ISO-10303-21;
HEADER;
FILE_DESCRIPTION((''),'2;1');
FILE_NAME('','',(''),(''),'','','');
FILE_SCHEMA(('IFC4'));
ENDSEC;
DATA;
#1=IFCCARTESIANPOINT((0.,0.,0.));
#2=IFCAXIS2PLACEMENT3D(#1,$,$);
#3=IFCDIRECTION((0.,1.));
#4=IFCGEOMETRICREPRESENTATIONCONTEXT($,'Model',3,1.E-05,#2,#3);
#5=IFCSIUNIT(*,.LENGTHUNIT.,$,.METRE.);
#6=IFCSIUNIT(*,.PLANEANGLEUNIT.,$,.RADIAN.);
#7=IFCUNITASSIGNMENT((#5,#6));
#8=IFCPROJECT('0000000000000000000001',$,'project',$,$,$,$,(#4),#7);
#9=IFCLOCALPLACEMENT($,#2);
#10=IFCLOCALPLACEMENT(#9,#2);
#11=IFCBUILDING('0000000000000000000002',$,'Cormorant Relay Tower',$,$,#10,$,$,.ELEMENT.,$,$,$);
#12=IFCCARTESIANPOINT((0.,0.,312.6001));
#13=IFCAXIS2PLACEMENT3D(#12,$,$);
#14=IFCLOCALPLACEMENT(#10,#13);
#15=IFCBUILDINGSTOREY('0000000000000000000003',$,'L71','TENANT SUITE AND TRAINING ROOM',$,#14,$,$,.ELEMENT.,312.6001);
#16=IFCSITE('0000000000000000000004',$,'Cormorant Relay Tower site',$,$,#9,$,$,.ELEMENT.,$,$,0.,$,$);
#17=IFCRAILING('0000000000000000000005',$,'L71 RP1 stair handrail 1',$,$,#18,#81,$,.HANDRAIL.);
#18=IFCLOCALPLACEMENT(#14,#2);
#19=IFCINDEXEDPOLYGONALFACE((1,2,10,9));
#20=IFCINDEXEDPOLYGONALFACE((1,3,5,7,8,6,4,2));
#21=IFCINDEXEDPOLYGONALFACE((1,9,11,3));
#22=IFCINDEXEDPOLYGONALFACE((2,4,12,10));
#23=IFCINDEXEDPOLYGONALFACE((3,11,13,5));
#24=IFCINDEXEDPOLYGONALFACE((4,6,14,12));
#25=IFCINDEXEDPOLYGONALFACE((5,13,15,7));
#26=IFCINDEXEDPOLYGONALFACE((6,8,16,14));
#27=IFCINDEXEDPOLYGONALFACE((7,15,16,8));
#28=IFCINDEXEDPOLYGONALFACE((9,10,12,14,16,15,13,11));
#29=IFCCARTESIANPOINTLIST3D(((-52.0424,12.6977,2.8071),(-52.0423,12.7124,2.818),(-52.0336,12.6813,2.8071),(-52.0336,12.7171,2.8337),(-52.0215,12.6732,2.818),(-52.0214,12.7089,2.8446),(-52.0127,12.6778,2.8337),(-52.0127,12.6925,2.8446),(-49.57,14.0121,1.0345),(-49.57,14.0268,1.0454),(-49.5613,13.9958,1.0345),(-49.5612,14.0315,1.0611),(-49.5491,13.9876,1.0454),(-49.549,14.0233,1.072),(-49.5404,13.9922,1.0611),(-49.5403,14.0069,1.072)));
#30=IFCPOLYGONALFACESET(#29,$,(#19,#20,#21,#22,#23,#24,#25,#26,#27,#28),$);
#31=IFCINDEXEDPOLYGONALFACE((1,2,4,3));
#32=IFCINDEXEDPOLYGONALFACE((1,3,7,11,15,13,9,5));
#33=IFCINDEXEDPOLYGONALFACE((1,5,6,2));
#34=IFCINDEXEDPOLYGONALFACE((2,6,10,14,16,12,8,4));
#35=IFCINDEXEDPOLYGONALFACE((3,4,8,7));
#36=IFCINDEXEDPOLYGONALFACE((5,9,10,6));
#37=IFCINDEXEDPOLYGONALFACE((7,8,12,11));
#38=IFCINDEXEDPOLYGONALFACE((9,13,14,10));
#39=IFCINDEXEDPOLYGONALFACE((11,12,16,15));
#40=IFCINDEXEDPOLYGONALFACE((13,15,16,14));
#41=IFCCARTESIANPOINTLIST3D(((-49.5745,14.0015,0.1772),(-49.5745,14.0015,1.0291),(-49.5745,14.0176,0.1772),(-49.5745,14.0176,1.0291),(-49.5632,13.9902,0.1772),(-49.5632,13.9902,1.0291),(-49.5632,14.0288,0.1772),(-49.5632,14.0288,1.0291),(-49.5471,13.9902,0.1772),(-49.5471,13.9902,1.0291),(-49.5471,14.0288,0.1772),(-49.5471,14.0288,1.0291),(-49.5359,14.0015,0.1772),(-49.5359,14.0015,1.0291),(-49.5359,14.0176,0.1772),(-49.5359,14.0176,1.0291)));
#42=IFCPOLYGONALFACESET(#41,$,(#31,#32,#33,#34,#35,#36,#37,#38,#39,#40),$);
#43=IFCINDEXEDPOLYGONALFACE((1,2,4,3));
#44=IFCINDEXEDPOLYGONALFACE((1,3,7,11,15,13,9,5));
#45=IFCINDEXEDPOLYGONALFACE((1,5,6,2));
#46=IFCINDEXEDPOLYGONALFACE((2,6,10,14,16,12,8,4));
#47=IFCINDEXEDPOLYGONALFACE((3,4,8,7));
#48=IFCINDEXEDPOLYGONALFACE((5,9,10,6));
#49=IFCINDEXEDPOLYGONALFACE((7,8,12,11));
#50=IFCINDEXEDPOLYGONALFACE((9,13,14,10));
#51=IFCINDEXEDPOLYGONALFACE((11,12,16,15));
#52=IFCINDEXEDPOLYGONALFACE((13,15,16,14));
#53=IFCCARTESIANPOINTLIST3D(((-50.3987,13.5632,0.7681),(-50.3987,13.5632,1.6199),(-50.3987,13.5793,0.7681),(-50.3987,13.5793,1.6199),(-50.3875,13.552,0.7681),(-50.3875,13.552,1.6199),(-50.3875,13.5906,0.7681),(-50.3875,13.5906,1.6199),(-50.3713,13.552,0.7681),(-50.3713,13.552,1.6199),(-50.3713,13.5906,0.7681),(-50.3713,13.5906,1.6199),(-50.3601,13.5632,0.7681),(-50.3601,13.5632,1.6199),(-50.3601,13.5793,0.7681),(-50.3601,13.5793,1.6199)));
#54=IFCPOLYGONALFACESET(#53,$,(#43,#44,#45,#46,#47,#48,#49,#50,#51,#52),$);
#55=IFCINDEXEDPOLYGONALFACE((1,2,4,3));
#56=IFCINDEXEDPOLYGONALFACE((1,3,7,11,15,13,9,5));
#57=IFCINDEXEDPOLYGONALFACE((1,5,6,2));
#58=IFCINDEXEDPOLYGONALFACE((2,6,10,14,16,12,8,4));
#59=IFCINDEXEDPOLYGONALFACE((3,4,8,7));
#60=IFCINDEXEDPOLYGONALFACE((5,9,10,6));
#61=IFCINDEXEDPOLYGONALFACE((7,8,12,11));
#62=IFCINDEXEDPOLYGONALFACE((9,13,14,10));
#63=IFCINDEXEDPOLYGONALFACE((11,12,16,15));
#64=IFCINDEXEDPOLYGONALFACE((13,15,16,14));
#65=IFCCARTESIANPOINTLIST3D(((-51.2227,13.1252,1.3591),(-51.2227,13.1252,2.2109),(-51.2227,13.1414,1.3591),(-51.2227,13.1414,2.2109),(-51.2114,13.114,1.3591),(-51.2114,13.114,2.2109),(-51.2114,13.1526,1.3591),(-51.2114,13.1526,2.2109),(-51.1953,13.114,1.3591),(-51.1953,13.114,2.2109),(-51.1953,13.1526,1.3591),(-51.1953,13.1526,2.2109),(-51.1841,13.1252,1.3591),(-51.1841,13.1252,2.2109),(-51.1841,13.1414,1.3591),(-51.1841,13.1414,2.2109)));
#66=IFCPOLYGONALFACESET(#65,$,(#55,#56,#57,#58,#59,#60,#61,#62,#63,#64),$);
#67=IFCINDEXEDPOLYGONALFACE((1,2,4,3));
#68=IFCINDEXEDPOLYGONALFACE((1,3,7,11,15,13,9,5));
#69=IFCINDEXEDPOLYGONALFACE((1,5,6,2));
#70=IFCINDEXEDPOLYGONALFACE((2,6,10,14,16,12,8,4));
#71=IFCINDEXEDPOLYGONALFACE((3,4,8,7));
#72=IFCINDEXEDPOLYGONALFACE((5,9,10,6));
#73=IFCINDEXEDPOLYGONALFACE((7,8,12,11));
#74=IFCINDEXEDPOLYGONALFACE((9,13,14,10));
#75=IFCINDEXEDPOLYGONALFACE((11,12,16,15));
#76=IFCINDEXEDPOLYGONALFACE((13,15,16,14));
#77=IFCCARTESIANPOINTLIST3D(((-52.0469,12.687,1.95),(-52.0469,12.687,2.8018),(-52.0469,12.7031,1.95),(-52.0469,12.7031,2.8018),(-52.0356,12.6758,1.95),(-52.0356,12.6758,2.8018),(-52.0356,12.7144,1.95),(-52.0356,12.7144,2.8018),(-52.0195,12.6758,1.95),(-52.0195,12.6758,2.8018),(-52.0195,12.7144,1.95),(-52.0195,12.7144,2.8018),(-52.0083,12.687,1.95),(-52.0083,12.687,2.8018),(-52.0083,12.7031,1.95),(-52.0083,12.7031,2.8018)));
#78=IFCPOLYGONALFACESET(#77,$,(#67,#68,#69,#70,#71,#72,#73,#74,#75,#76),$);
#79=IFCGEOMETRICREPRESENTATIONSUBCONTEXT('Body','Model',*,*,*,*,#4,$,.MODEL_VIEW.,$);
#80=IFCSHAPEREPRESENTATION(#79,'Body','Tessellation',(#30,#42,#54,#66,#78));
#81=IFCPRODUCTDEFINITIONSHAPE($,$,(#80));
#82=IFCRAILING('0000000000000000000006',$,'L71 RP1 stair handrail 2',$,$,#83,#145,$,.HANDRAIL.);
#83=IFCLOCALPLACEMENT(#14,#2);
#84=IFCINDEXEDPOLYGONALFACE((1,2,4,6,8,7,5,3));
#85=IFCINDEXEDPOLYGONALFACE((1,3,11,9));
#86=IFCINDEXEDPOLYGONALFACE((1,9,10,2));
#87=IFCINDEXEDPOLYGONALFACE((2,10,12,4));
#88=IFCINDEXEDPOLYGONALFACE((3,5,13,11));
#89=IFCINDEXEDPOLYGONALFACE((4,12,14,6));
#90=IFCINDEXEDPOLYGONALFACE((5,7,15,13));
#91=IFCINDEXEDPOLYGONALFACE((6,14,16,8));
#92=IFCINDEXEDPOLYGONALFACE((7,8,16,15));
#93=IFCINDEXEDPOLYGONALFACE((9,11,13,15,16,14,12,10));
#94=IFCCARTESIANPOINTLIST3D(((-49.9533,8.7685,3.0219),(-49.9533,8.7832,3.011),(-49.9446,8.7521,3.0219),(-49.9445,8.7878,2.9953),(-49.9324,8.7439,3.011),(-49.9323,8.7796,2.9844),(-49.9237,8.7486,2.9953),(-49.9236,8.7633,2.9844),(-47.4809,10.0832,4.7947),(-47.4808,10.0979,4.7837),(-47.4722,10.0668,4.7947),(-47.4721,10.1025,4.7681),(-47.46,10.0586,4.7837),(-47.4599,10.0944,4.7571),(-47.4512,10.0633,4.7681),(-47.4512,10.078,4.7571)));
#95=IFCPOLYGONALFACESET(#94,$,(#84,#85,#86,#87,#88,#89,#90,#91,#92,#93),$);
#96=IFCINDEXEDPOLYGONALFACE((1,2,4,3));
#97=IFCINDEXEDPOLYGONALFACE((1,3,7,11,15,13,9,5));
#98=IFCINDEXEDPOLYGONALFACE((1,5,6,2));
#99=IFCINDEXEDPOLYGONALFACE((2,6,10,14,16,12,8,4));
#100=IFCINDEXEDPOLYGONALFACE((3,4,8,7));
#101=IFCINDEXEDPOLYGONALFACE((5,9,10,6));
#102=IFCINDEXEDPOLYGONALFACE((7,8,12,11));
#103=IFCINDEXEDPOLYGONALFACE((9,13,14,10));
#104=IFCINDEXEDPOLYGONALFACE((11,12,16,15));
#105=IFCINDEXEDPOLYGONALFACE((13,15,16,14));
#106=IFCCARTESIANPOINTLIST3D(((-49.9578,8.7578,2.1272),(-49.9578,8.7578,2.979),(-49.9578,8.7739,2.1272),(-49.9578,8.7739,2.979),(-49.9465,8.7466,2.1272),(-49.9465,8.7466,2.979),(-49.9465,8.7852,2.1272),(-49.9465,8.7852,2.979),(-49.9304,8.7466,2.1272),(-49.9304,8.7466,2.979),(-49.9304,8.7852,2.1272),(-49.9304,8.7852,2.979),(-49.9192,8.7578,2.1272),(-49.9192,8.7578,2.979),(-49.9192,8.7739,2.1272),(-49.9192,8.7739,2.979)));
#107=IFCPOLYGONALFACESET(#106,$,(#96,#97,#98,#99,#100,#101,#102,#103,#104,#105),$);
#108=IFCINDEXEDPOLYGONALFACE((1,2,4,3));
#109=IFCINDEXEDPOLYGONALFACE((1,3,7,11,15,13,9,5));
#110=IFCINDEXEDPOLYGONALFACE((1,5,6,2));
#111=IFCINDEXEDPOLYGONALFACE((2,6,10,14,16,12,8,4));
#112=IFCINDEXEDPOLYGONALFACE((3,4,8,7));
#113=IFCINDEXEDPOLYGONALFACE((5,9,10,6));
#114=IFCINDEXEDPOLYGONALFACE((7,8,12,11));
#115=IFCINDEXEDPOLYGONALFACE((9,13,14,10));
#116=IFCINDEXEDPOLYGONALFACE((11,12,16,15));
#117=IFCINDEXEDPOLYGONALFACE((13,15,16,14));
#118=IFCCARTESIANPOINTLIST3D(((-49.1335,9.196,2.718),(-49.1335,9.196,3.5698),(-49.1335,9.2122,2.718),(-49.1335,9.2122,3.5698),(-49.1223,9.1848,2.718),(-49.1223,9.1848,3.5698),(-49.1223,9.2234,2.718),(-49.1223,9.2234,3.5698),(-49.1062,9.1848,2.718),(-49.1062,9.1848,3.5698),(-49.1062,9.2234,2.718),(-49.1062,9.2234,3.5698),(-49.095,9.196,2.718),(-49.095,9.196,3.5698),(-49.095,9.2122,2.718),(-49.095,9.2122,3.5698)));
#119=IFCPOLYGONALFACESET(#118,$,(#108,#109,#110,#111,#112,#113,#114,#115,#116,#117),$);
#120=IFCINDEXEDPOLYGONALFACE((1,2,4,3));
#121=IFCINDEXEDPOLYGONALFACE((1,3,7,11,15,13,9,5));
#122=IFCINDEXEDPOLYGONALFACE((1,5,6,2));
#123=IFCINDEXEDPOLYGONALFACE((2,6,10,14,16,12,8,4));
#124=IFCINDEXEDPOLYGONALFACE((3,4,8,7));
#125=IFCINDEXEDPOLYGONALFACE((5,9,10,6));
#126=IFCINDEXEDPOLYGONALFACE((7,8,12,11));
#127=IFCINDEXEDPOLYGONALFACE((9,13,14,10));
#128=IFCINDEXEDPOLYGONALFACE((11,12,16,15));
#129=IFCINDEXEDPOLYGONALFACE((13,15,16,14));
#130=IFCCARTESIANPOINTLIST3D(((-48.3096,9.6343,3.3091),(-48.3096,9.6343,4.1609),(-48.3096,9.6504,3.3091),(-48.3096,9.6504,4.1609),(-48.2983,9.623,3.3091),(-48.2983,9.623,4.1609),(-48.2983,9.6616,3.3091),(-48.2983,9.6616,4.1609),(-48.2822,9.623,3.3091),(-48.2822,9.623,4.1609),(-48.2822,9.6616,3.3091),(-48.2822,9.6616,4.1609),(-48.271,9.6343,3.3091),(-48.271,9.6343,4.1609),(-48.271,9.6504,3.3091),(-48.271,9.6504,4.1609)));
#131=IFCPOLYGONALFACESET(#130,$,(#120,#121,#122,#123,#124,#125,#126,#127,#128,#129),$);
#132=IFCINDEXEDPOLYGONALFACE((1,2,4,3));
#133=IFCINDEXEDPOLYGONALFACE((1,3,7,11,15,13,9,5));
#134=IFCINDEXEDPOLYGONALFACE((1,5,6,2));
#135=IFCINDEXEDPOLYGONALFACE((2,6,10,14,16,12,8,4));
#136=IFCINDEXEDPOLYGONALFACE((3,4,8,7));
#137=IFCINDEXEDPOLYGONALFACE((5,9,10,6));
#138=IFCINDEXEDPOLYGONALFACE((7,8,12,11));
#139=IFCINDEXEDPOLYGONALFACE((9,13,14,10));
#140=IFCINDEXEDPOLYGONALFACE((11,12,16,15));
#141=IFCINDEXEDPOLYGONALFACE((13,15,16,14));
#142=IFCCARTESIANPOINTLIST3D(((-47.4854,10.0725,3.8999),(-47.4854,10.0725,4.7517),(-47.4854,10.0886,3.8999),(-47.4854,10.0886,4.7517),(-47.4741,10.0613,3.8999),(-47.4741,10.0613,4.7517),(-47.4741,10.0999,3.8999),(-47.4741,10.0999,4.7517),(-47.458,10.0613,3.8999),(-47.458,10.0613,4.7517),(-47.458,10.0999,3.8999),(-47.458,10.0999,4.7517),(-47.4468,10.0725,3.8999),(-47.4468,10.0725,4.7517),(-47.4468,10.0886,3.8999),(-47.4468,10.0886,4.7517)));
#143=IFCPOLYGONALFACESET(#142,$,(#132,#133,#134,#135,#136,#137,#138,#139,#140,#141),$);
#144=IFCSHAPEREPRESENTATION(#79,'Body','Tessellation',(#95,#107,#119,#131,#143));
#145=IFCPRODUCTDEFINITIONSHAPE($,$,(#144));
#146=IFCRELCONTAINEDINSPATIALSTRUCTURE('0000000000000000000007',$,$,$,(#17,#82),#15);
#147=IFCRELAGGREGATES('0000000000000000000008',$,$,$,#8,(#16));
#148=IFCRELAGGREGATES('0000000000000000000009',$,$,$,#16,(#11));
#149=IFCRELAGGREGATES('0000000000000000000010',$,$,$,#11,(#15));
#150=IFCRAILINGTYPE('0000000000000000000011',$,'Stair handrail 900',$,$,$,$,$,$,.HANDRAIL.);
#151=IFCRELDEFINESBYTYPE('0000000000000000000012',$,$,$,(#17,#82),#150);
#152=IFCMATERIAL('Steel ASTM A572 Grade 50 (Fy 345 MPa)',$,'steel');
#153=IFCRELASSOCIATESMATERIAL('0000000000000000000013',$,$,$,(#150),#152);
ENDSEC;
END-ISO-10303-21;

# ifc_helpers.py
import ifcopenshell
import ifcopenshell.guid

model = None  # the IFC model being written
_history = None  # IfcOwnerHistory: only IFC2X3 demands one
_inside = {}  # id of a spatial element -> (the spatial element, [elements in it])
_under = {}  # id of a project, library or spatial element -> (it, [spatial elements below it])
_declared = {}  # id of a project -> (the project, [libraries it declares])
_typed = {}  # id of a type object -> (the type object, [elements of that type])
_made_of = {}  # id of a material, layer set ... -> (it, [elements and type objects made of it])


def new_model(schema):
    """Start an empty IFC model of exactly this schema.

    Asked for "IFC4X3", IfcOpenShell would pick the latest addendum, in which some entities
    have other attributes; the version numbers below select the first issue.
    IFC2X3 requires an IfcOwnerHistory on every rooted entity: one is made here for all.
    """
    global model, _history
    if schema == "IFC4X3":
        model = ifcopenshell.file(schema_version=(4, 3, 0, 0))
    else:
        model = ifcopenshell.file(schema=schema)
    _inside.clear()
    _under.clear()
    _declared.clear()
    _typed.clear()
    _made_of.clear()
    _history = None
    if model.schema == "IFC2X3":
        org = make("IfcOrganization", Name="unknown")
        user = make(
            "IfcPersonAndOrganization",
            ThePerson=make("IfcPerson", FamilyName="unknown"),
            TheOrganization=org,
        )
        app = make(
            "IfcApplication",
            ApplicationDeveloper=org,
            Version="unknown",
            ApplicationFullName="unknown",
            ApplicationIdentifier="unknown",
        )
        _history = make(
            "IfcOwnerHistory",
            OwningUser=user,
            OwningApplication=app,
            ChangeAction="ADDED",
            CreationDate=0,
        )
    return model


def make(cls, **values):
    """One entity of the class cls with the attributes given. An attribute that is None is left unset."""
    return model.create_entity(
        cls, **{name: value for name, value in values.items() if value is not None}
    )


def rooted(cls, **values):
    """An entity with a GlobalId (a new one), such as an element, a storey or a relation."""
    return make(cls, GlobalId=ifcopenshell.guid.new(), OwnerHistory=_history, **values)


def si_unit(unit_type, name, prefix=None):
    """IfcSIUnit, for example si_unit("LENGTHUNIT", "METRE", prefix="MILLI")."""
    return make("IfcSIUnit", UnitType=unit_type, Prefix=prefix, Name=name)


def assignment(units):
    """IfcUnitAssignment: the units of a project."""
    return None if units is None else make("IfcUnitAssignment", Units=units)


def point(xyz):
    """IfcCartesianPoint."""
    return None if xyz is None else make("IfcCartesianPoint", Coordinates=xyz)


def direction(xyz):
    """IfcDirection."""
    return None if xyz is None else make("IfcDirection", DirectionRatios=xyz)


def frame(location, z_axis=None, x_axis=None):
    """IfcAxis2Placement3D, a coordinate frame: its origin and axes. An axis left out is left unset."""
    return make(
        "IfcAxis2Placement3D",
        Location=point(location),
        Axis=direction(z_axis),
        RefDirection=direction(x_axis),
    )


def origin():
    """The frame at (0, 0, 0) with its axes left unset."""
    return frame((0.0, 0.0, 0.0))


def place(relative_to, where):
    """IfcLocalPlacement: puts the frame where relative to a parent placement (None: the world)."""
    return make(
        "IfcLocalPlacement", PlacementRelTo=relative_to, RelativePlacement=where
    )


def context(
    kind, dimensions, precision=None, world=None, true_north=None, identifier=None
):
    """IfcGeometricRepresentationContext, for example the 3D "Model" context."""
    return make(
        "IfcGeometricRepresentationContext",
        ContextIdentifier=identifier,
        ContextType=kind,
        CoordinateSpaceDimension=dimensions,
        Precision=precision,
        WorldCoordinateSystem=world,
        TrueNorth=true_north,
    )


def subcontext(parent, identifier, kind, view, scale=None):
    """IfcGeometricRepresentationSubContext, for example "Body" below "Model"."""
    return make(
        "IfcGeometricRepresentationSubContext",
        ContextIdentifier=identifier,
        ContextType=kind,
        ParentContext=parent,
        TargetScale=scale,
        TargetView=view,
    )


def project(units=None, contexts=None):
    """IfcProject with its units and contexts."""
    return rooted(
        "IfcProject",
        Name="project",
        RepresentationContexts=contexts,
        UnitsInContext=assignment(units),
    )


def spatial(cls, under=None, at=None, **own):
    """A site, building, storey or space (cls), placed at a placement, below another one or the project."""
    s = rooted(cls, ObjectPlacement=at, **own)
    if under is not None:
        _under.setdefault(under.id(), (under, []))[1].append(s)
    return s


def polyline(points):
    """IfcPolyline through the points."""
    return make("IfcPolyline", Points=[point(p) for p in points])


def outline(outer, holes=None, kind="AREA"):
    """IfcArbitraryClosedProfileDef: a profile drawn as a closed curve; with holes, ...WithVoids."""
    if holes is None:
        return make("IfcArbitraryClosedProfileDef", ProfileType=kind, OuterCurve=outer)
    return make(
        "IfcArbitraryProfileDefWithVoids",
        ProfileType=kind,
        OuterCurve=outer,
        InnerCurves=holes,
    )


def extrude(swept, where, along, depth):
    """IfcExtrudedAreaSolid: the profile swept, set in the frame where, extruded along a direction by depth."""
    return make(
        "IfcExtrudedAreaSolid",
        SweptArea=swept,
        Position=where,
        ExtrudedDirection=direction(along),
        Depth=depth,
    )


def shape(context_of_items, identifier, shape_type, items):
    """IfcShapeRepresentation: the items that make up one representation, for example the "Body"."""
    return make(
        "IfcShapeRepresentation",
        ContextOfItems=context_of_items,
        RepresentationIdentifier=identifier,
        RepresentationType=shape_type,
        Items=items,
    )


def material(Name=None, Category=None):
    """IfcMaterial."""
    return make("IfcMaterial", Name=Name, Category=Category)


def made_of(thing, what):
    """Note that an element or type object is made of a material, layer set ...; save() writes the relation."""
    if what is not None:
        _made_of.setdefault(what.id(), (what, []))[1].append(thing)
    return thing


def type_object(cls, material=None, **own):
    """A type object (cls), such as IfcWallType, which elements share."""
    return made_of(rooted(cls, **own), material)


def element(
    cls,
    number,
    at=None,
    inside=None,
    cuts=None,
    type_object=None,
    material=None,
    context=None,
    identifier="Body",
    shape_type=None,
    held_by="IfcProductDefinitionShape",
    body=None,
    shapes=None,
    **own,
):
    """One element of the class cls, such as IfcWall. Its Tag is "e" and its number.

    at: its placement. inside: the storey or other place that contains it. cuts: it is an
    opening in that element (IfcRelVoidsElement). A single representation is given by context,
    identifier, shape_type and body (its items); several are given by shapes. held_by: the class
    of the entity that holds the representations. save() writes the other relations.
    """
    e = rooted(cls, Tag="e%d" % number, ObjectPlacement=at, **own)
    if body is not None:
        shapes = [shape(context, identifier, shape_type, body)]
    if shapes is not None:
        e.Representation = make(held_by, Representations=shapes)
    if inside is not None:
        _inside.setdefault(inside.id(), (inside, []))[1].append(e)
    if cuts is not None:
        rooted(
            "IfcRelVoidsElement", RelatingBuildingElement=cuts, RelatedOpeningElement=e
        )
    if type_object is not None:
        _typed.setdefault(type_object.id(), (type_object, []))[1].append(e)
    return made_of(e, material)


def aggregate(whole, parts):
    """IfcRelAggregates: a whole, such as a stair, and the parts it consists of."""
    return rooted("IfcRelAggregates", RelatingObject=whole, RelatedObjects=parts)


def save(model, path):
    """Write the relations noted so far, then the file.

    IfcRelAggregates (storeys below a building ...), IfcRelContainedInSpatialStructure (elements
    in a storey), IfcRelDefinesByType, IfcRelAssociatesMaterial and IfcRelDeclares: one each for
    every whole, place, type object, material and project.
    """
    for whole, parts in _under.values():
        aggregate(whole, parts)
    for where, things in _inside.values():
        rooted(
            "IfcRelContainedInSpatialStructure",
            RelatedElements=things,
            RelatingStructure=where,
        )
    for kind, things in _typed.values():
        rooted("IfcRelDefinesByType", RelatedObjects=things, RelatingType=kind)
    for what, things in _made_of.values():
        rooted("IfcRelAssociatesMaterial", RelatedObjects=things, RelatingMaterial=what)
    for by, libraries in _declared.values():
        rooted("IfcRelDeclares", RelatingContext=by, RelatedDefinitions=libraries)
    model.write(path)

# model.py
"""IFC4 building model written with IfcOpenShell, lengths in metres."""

from ifc_helpers import new_model, si_unit, direction, frame, origin, place, context, subcontext, project, spatial, polyline, outline, extrude, material, type_object, element, save


model = new_model("IFC4")

# Units and contexts
model_context = context("Model", 3, precision=1e-05, world=origin(), true_north=direction((0.0, 1.0)))
body_context = subcontext(model_context, "Body", "Model", "MODEL_VIEW")
ifc_project = project(units=[si_unit("LENGTHUNIT", "METRE"), si_unit("PLANEANGLEUNIT", "RADIAN")], contexts=[model_context])

# Site, building, storey
site_placement = place(None, origin())
site = spatial("IfcSite", under=ifc_project, at=site_placement, Name="Cormorant Relay Tower site", CompositionType="ELEMENT", RefElevation=0.0)
building_placement = place(site_placement, origin())
building = spatial("IfcBuilding", under=site, at=building_placement, Name="Cormorant Relay Tower", CompositionType="ELEMENT")
storey_placement = place(building_placement, frame((0.0, 0.0, 312.6001)))
storey = spatial("IfcBuildingStorey", under=building, at=storey_placement, Name="L71", Description="TENANT SUITE AND TRAINING ROOM", CompositionType="ELEMENT", Elevation=312.6001)

# Railings
ifc_material_1 = material(Name="Steel ASTM A572 Grade 50 (Fy 345 MPa)", Category="steel")
railing_type_1 = type_object("IfcRailingType", Name="Stair handrail 900", PredefinedType="HANDRAIL", material=ifc_material_1)
railing_1_placement = place(storey_placement, frame((-49.5552, 14.0095, 0.1772)))
element("IfcRailing", 1, at=railing_1_placement, inside=storey, type_object=railing_type_1, Name="L71 RP1 stair handrail 1", PredefinedType="HANDRAIL", context=body_context, shape_type="SweptSolid", body=[
    extrude(outline(polyline([(0.0222, 0.0093), (0.0093, 0.0222), (-0.0093, 0.0222), (-0.0222, 0.0093), (-0.0222, -0.0093), (-0.0093, -0.0222), (0.0093, -0.0222), (0.0222, -0.0093), (0.0222, 0.0093)])), frame((0.0, 0.0, 0.876), z_axis=(-0.746034, -0.396627, 0.534902), x_axis=(0.469429, -0.88297, 0.0)), (0.0, 0.0, 1.0), 3.314),
    extrude(outline(polyline([(0.0193, 0.0081), (0.0081, 0.0193), (-0.0081, 0.0193), (-0.0193, 0.0081), (-0.0193, -0.0081), (-0.0081, -0.0193), (0.0081, -0.0193), (0.0193, -0.0081), (0.0193, 0.0081)])), origin(), (0.0, 0.0, 1.0), 0.8518),
    extrude(outline(polyline([(0.0193, 0.0081), (0.0081, 0.0193), (-0.0081, 0.0193), (-0.0193, 0.0081), (-0.0193, -0.0081), (-0.0081, -0.0193), (0.0081, -0.0193), (0.0193, -0.0081), (0.0193, 0.0081)])), frame((-0.8242, -0.4382, 0.5908)), (0.0, 0.0, 1.0), 0.8518),
    extrude(outline(polyline([(0.0193, 0.0081), (0.0081, 0.0193), (-0.0081, 0.0193), (-0.0193, 0.0081), (-0.0193, -0.0081), (-0.0081, -0.0193), (0.0081, -0.0193), (0.0193, -0.0081), (0.0193, 0.0081)])), frame((-1.6482, -0.8762, 1.1819)), (0.0, 0.0, 1.0), 0.8518),
    extrude(outline(polyline([(0.0193, 0.0081), (0.0081, 0.0193), (-0.0081, 0.0193), (-0.0193, 0.0081), (-0.0193, -0.0081), (-0.0081, -0.0193), (0.0081, -0.0193), (0.0193, -0.0081), (0.0193, 0.0081)])), frame((-2.4724, -1.3145, 1.7727)), (0.0, 0.0, 1.0), 0.8518),
])
railing_2_placement = place(storey_placement, frame((-49.9385, 8.7659, 2.1272)))
element("IfcRailing", 2, at=railing_2_placement, inside=storey, type_object=railing_type_1, Name="L71 RP1 stair handrail 2", PredefinedType="HANDRAIL", context=body_context, shape_type="SweptSolid", body=[
    extrude(outline(polyline([(0.0222, 0.0093), (0.0093, 0.0222), (-0.0093, 0.0222), (-0.0222, 0.0093), (-0.0222, -0.0093), (-0.0093, -0.0222), (0.0093, -0.0222), (0.0222, -0.0093), (0.0222, 0.0093)])), frame((0.0, 0.0, 0.876), z_axis=(0.746012, 0.39669, 0.534886), x_axis=(-0.469497, 0.882934, 0.0)), (0.0, 0.0, 1.0), 3.3142),
    extrude(outline(polyline([(0.0193, 0.0081), (0.0081, 0.0193), (-0.0081, 0.0193), (-0.0193, 0.0081), (-0.0193, -0.0081), (-0.0081, -0.0193), (0.0081, -0.0193), (0.0193, -0.0081), (0.0193, 0.0081)])), origin(), (0.0, 0.0, 1.0), 0.8518),
    extrude(outline(polyline([(0.0193, 0.0081), (0.0081, 0.0193), (-0.0081, 0.0193), (-0.0193, 0.0081), (-0.0193, -0.0081), (-0.0081, -0.0193), (0.0081, -0.0193), (0.0193, -0.0081), (0.0193, 0.0081)])), frame((0.8242, 0.4382, 0.5908)), (0.0, 0.0, 1.0), 0.8518),
    extrude(outline(polyline([(0.0193, 0.0081), (0.0081, 0.0193), (-0.0081, 0.0193), (-0.0193, 0.0081), (-0.0193, -0.0081), (-0.0081, -0.0193), (0.0081, -0.0193), (0.0193, -0.0081), (0.0193, 0.0081)])), frame((1.6482, 0.8765, 1.1819)), (0.0, 0.0, 1.0), 0.8518),
    extrude(outline(polyline([(0.0193, 0.0081), (0.0081, 0.0193), (-0.0081, 0.0193), (-0.0193, 0.0081), (-0.0193, -0.0081), (-0.0081, -0.0193), (0.0081, -0.0193), (0.0193, -0.0081), (0.0193, 0.0081)])), frame((2.4724, 1.3147, 1.7727)), (0.0, 0.0, 1.0), 0.8518),
])

save(model, "model.ifc")
